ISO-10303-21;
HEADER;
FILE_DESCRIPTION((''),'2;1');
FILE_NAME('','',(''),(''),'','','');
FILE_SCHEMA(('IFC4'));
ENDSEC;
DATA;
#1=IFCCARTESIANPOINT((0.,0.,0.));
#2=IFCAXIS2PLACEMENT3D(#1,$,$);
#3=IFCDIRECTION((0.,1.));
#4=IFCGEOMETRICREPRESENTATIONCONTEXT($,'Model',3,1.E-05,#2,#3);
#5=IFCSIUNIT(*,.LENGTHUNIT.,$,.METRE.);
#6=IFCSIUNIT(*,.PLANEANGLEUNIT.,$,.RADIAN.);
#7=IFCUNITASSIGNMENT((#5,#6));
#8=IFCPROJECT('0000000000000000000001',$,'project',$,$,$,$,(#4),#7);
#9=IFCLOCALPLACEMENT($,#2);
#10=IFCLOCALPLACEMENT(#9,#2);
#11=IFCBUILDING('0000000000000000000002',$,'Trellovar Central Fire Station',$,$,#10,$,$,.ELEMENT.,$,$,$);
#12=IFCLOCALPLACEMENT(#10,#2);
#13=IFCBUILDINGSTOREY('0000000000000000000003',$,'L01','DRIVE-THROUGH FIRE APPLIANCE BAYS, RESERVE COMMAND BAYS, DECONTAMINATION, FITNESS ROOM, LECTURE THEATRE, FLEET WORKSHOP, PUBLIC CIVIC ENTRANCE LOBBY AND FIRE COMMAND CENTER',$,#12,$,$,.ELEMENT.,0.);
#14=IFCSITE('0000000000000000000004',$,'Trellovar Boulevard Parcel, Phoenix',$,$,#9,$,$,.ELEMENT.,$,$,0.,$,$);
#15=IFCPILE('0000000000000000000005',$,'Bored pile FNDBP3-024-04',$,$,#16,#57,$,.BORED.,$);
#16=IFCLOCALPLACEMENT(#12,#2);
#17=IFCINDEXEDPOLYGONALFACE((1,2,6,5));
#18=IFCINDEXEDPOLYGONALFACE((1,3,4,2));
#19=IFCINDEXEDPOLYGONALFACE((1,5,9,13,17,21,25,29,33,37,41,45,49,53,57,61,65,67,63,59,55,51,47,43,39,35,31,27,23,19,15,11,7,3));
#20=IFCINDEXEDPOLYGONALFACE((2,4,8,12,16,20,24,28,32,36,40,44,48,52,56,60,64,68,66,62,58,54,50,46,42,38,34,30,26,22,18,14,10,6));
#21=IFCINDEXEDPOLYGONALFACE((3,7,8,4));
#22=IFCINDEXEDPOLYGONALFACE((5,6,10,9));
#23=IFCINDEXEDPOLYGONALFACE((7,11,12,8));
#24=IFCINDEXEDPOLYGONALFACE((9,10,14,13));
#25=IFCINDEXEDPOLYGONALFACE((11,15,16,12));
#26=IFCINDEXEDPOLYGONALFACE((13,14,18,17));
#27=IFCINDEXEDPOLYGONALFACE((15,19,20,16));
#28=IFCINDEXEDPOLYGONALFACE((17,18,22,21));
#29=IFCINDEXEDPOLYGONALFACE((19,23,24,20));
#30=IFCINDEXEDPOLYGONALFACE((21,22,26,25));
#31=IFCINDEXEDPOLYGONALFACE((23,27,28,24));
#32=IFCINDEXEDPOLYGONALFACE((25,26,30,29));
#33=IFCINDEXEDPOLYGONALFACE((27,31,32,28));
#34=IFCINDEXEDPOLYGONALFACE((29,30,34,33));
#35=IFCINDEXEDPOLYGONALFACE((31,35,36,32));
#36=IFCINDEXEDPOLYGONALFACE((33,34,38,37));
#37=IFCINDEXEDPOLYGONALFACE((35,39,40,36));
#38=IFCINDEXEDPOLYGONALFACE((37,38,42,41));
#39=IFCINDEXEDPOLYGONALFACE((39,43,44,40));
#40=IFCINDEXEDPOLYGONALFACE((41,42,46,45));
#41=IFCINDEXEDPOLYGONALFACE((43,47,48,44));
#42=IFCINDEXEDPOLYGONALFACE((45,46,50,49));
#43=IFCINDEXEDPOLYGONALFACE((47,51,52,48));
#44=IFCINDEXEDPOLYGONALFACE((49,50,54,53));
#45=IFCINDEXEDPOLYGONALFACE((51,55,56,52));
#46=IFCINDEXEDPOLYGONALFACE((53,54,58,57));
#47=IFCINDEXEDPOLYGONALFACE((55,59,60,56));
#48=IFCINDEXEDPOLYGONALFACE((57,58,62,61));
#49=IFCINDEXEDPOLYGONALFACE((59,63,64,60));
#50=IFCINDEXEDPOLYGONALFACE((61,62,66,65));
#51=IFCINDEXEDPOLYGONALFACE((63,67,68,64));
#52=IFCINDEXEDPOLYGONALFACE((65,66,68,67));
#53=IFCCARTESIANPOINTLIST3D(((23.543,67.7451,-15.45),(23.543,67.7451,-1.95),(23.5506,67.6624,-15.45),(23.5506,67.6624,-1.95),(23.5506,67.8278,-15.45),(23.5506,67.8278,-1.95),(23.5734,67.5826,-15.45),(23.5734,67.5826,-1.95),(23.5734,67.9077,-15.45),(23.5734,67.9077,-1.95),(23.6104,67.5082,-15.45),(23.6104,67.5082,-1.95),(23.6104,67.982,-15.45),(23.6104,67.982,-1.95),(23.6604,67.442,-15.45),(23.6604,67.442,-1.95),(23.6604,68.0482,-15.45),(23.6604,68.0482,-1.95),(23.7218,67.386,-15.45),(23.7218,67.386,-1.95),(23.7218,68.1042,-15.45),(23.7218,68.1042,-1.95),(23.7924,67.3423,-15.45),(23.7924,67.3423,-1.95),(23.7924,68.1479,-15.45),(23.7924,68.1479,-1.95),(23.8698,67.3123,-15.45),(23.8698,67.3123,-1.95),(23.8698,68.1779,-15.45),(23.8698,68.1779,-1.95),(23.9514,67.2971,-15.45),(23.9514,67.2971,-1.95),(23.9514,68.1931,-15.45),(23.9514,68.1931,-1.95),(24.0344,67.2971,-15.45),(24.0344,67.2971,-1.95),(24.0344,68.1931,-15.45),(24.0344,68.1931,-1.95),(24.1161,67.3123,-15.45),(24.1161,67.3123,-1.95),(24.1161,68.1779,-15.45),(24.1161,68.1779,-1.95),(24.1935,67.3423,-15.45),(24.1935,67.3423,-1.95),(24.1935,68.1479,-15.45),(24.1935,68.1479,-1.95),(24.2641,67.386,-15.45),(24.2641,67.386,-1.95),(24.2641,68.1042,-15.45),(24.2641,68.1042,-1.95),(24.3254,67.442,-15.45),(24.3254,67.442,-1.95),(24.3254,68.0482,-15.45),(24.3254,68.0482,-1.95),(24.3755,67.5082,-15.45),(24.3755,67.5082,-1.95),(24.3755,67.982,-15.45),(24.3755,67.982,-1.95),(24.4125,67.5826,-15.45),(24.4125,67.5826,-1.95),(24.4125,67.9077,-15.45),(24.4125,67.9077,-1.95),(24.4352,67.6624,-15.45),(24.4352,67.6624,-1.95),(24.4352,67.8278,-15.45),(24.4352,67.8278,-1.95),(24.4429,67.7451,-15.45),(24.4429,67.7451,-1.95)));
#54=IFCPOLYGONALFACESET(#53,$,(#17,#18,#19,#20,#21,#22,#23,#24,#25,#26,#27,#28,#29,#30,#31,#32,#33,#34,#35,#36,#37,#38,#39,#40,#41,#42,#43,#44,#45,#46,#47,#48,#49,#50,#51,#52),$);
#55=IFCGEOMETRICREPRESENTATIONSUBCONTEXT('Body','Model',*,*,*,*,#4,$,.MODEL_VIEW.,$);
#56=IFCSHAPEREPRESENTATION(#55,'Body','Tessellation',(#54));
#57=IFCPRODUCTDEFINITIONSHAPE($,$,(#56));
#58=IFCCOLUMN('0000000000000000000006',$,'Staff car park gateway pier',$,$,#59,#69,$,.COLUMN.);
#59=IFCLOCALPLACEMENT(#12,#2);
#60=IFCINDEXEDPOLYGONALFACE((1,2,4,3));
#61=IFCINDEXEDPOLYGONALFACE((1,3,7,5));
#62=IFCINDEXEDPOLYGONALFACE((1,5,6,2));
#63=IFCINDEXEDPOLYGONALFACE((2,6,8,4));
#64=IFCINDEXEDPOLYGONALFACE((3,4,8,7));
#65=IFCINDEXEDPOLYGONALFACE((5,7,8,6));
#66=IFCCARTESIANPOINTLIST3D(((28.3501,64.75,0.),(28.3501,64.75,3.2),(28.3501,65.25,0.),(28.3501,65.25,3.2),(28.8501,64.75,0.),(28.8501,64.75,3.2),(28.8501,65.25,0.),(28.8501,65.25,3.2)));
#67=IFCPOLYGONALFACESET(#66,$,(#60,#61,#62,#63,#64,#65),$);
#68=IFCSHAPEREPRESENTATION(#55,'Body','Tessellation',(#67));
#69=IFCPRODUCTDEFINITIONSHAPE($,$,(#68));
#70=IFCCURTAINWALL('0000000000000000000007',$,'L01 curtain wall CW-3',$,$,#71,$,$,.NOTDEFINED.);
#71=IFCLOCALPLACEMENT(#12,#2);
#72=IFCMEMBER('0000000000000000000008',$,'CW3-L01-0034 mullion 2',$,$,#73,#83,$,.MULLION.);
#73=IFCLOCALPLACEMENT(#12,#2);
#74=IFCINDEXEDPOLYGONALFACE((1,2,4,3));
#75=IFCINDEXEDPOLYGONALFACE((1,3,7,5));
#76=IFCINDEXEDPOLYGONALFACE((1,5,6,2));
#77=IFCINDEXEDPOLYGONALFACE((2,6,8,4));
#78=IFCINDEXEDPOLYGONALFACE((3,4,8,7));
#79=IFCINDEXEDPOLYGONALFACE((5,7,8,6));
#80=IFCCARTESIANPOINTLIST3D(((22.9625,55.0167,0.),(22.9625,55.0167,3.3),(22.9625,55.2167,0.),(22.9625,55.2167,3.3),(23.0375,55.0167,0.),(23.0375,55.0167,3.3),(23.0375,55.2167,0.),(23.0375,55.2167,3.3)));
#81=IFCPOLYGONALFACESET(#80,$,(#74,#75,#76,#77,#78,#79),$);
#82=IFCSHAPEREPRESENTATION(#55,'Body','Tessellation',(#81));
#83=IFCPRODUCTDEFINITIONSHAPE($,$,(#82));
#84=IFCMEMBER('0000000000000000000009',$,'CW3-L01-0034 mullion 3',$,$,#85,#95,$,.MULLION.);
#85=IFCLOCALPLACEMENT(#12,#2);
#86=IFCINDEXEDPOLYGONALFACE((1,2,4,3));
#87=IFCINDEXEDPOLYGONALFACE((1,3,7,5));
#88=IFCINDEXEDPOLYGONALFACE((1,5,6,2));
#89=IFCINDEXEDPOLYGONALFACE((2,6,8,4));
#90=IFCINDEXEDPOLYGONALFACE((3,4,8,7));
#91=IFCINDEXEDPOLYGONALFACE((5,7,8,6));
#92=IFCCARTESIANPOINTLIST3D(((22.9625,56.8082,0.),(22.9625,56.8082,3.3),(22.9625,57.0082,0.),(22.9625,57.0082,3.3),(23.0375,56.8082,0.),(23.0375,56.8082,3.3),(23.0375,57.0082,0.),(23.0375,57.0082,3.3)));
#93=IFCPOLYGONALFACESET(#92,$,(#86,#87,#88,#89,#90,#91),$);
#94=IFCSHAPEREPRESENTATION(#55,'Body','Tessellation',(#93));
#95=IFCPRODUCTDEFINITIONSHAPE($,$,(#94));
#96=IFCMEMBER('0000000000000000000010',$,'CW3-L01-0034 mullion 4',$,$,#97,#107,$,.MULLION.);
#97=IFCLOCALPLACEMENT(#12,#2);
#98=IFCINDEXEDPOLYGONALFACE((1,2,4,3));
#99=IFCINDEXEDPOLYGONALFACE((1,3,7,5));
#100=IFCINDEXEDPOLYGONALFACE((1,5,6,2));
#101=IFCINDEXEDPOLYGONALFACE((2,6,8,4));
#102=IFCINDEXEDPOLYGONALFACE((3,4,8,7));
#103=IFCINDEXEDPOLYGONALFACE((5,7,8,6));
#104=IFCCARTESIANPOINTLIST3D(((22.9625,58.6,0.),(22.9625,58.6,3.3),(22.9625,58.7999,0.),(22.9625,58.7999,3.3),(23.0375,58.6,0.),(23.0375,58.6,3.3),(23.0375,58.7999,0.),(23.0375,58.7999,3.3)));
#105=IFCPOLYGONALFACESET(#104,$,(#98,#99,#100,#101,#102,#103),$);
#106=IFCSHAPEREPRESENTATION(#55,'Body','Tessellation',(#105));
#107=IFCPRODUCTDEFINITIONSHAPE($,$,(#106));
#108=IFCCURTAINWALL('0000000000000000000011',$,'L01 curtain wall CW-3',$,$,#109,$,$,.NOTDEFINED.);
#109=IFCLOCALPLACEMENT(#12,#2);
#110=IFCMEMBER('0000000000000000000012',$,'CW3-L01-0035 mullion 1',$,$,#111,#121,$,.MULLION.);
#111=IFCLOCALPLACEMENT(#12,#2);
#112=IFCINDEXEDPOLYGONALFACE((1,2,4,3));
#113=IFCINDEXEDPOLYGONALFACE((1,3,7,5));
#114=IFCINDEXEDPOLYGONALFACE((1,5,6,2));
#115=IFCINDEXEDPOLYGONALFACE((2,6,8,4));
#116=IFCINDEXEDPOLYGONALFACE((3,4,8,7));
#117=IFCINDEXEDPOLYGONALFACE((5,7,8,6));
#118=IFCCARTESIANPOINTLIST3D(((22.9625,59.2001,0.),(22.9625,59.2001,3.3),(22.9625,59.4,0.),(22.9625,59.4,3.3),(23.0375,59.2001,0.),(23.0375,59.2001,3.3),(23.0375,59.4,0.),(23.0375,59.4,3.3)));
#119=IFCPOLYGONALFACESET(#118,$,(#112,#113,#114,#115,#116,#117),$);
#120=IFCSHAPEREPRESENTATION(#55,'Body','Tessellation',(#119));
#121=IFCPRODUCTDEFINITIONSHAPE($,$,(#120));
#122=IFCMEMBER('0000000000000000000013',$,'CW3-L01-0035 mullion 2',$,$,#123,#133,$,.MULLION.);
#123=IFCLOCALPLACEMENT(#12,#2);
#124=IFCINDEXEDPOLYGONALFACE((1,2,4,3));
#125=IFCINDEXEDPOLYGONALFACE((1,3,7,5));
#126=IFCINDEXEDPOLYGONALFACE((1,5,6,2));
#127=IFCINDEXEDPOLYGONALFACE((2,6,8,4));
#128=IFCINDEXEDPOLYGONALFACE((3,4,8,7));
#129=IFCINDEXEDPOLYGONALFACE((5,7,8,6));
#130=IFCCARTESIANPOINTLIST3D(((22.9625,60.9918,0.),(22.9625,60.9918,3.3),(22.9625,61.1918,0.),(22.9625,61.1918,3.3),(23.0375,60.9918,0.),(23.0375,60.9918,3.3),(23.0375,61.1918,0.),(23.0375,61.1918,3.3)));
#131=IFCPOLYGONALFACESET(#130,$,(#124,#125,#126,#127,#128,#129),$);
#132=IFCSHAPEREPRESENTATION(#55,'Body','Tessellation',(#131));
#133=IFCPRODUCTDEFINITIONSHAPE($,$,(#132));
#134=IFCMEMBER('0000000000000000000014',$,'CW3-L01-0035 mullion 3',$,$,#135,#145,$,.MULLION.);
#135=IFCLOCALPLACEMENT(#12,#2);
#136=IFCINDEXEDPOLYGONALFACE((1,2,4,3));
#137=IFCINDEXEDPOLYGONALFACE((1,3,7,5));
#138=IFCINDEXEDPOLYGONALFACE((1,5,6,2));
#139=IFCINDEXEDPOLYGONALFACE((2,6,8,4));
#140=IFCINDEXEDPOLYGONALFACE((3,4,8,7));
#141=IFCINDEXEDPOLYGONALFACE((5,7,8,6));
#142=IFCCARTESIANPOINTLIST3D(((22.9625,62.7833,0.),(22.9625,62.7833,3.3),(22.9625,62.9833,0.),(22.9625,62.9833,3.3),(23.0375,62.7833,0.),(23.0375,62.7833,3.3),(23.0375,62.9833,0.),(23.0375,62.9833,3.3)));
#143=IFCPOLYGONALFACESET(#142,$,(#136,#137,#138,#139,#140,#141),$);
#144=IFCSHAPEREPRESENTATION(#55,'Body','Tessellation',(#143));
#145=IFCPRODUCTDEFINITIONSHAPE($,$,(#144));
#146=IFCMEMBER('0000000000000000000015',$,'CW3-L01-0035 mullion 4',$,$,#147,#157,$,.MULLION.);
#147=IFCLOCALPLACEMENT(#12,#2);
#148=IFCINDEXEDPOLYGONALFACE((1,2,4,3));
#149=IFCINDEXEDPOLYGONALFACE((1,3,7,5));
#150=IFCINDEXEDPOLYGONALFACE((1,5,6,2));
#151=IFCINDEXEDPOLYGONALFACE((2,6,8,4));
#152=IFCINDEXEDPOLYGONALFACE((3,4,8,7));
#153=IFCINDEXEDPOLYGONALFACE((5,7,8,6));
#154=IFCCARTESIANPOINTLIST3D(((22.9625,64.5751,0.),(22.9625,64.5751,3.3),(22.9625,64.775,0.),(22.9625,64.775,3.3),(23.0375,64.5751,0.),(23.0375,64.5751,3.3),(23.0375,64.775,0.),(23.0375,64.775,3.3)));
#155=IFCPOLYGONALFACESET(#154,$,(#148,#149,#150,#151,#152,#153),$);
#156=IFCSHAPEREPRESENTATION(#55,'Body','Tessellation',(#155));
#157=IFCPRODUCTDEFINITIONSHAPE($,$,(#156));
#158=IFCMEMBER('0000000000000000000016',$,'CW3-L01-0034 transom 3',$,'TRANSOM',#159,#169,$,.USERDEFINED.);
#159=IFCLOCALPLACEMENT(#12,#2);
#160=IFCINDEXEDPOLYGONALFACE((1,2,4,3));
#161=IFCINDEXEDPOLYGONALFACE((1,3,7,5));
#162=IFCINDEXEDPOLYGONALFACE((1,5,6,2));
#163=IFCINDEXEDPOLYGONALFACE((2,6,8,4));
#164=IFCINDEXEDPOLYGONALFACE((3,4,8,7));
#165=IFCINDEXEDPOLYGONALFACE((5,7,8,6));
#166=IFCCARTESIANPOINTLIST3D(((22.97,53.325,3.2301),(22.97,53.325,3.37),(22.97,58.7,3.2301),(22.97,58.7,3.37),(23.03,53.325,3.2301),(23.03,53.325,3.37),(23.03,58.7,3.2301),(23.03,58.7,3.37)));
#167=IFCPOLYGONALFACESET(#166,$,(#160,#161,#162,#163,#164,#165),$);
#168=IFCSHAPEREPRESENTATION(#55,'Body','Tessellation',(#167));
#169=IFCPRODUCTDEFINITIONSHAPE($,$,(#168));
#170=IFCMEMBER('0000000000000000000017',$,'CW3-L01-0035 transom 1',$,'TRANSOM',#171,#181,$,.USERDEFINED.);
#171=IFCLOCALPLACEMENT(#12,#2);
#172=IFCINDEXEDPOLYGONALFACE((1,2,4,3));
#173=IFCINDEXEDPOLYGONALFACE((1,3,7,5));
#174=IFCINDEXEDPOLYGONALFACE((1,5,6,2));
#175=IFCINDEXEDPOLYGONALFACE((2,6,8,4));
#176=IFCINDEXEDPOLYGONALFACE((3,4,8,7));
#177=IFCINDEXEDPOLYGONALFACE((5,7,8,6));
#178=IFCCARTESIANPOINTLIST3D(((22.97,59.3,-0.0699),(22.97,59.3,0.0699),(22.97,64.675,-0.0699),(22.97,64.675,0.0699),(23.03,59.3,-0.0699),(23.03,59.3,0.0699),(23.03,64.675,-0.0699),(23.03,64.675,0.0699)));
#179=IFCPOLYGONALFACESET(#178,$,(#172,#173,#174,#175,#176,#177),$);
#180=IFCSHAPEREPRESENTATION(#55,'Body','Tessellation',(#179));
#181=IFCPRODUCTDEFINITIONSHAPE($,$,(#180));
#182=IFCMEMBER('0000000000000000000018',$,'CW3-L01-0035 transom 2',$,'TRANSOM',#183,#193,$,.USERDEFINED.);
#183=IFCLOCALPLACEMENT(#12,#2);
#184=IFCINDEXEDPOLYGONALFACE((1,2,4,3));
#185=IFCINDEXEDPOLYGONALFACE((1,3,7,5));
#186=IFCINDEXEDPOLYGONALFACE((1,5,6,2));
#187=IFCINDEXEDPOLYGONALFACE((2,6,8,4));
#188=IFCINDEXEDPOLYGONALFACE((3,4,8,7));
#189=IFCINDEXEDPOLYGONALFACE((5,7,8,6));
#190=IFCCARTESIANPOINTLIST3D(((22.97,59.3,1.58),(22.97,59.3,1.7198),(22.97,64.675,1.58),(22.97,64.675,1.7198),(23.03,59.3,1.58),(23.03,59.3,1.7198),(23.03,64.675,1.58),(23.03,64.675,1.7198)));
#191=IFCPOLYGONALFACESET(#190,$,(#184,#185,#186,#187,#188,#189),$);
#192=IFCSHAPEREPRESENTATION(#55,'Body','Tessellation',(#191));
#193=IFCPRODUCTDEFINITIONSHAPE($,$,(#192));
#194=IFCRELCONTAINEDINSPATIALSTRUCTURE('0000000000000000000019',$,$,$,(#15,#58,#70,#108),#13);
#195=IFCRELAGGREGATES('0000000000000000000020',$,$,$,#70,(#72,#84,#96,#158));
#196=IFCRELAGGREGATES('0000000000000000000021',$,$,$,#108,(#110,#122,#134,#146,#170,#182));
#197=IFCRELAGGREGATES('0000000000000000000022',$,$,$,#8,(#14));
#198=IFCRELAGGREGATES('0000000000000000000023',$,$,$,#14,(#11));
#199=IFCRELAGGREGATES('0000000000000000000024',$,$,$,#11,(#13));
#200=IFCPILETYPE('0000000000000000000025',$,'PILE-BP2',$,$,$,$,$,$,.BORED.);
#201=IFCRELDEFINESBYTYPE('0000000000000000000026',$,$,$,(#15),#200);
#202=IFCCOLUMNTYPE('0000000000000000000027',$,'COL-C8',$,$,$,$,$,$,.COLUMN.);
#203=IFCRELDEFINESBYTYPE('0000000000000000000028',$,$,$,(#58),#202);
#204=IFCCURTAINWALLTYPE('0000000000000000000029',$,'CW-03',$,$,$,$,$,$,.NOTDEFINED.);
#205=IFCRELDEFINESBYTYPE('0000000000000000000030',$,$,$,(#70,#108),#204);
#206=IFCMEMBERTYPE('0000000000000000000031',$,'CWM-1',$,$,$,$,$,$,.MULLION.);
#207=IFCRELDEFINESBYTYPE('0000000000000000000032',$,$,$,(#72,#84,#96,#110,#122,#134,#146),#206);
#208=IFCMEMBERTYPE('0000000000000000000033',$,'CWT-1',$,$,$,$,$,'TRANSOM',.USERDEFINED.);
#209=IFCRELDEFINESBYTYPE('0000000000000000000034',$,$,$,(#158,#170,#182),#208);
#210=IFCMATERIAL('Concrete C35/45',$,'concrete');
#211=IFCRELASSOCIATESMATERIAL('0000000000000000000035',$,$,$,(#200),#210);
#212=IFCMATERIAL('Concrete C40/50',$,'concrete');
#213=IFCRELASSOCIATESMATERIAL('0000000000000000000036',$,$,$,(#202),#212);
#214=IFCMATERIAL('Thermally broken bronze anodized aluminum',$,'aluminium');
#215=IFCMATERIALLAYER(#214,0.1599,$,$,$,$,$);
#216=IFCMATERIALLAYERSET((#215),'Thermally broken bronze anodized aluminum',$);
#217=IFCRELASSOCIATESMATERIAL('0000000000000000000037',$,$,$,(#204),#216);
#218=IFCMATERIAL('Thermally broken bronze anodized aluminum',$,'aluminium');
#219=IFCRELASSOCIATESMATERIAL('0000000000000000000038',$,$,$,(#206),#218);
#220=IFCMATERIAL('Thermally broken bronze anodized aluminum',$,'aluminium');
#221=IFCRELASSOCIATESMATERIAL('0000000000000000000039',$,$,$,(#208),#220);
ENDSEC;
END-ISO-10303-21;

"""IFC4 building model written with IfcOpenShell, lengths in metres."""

from ifc_helpers import new_model, si_unit, direction, frame, origin, origin_2d, place, context, subcontext, project, spatial, rectangle, circle, extrude, material, layer, layer_set, material_profile, profile_set, type_object, element, aggregate, save


model = new_model("IFC4")

# Units and contexts
model_context = context("Model", 3, precision=1e-05, world=origin(), true_north=direction((0.0, 1.0)))
body_context = subcontext(model_context, "Body", "Model", "MODEL_VIEW")
ifc_project = project(units=[si_unit("LENGTHUNIT", "METRE"), si_unit("PLANEANGLEUNIT", "RADIAN")], contexts=[model_context])

# Site, building, storey
site_placement = place(None, origin())
site = spatial("IfcSite", under=ifc_project, at=site_placement, Name="Trellovar Boulevard Parcel, Phoenix", CompositionType="ELEMENT", RefElevation=0.0)
building_placement = place(site_placement, origin())
building = spatial("IfcBuilding", under=site, at=building_placement, Name="Trellovar Central Fire Station", CompositionType="ELEMENT")
storey_placement = place(building_placement, origin())
storey = spatial("IfcBuildingStorey", under=building, at=storey_placement, Name="L01", Description="DRIVE-THROUGH FIRE APPLIANCE BAYS, RESERVE COMMAND BAYS, DECONTAMINATION, FITNESS ROOM, LECTURE THEATRE, FLEET WORKSHOP, PUBLIC CIVIC ENTRANCE LOBBY AND FIRE COMMAND CENTER", CompositionType="ELEMENT", Elevation=0.0)

# Pile
ifc_material_1 = material(Name="Concrete C35/45", Category="concrete")
ifc_material_profile_1 = material_profile(ifc_material_1, circle(Radius=0.45, at=origin_2d()), Name="PILE900")
ifc_profile_set_1 = profile_set([ifc_material_profile_1], Name="Concrete C35/45")
pile_type_1 = type_object("IfcPileType", Name="PILE-BP2", PredefinedType="BORED", material=ifc_profile_set_1)
for number, where, z_axis, x_axis, name in (
    (1, (23.9929, 67.7451, -1.95), (0.0, 0.0, -1.0), (1.0, 0.0, 0.0), "Bored pile FNDBP3-024-04"),
):
    element("IfcPile", number, at=place(storey_placement, frame(where, z_axis=z_axis, x_axis=x_axis)), inside=storey, type_object=pile_type_1, Name=name, PredefinedType="BORED", context=body_context, shape_type="SweptSolid", body=[
        extrude(circle(Radius=0.45, at=origin_2d()), origin(), (0.0, 0.0, 1.0), 13.5),
    ])

# Column
ifc_material_2 = material(Name="Concrete C40/50", Category="concrete")
ifc_material_profile_2 = material_profile(ifc_material_2, rectangle(XDim=0.5, YDim=0.5, at=origin_2d()), Name="RC500X500")
ifc_profile_set_2 = profile_set([ifc_material_profile_2], Name="Concrete C40/50")
column_type = type_object("IfcColumnType", Name="COL-C8", PredefinedType="COLUMN", material=ifc_profile_set_2)
column_placement = place(storey_placement, frame((28.6001, 65.0, 0.0), z_axis=(0.0, 0.0, 1.0), x_axis=(1.0, 0.0, 0.0)))
element("IfcColumn", 2, at=column_placement, inside=storey, type_object=column_type, Name="Staff car park gateway pier", PredefinedType="COLUMN", context=body_context, shape_type="SweptSolid", body=[
    extrude(rectangle(XDim=0.5, YDim=0.5, at=origin_2d()), origin(), (0.0, 0.0, 1.0), 3.2),
])

# Curtain walls, members
ifc_material_3 = material(Name="Thermally broken bronze anodized aluminum", Category="aluminium")
ifc_layer_1 = layer(ifc_material_3, 0.1599)
ifc_layer_set_1 = layer_set([ifc_layer_1], Name="Thermally broken bronze anodized aluminum")
curtain_wall_type = type_object("IfcCurtainWallType", Name="CW-03", PredefinedType="NOTDEFINED", material=ifc_layer_set_1)
curtain_wall_1_placement = place(storey_placement, origin())
curtain_wall_1 = element("IfcCurtainWall", 3, at=curtain_wall_1_placement, inside=storey, type_object=curtain_wall_type, Name="L01 curtain wall CW-3", PredefinedType="NOTDEFINED")
ifc_material_4 = material(Name="Thermally broken bronze anodized aluminum", Category="aluminium")
ifc_material_profile_3 = material_profile(ifc_material_4, rectangle(XDim=0.075, YDim=0.2, at=origin_2d()), Name="ALU75X200")
ifc_profile_set_3 = profile_set([ifc_material_profile_3], Name="Thermally broken bronze anodized aluminum")
member_type_1 = type_object("IfcMemberType", Name="CWM-1", PredefinedType="MULLION", material=ifc_profile_set_3)
member_1_placement = place(storey_placement, frame((23.0, 55.1167, 0.0), z_axis=(0.0, 0.0, 1.0), x_axis=(1.0, 0.0, 0.0)))
member_1 = element("IfcMember", 4, at=member_1_placement, type_object=member_type_1, Name="CW3-L01-0034 mullion 2", PredefinedType="MULLION", context=body_context, shape_type="SweptSolid", body=[
    extrude(rectangle(XDim=0.075, YDim=0.2, at=origin_2d()), origin(), (0.0, 0.0, 1.0), 3.3),
])
member_2_placement = place(storey_placement, frame((23.0, 56.9082, 0.0), z_axis=(0.0, 0.0, 1.0), x_axis=(1.0, 0.0, 0.0)))
member_2 = element("IfcMember", 5, at=member_2_placement, type_object=member_type_1, Name="CW3-L01-0034 mullion 3", PredefinedType="MULLION", context=body_context, shape_type="SweptSolid", body=[
    extrude(rectangle(XDim=0.075, YDim=0.2, at=origin_2d()), origin(), (0.0, 0.0, 1.0), 3.3),
])
member_3_placement = place(storey_placement, frame((23.0, 58.7, 0.0), z_axis=(0.0, 0.0, 1.0), x_axis=(1.0, 0.0, 0.0)))
member_3 = element("IfcMember", 6, at=member_3_placement, type_object=member_type_1, Name="CW3-L01-0034 mullion 4", PredefinedType="MULLION", context=body_context, shape_type="SweptSolid", body=[
    extrude(rectangle(XDim=0.075, YDim=0.2, at=origin_2d()), origin(), (0.0, 0.0, 1.0), 3.3),
])
curtain_wall_2_placement = place(storey_placement, origin())
curtain_wall_2 = element("IfcCurtainWall", 7, at=curtain_wall_2_placement, inside=storey, type_object=curtain_wall_type, Name="L01 curtain wall CW-3", PredefinedType="NOTDEFINED")
member_4_placement = place(storey_placement, frame((23.0, 59.3, 0.0), z_axis=(0.0, 0.0, 1.0), x_axis=(1.0, 0.0, 0.0)))
member_4 = element("IfcMember", 8, at=member_4_placement, type_object=member_type_1, Name="CW3-L01-0035 mullion 1", PredefinedType="MULLION", context=body_context, shape_type="SweptSolid", body=[
    extrude(rectangle(XDim=0.075, YDim=0.2, at=origin_2d()), origin(), (0.0, 0.0, 1.0), 3.3),
])
member_5_placement = place(storey_placement, frame((23.0, 61.0918, 0.0), z_axis=(0.0, 0.0, 1.0), x_axis=(1.0, 0.0, 0.0)))
member_5 = element("IfcMember", 9, at=member_5_placement, type_object=member_type_1, Name="CW3-L01-0035 mullion 2", PredefinedType="MULLION", context=body_context, shape_type="SweptSolid", body=[
    extrude(rectangle(XDim=0.075, YDim=0.2, at=origin_2d()), origin(), (0.0, 0.0, 1.0), 3.3),
])
member_6_placement = place(storey_placement, frame((23.0, 62.8833, 0.0), z_axis=(0.0, 0.0, 1.0), x_axis=(1.0, 0.0, 0.0)))
member_6 = element("IfcMember", 10, at=member_6_placement, type_object=member_type_1, Name="CW3-L01-0035 mullion 3", PredefinedType="MULLION", context=body_context, shape_type="SweptSolid", body=[
    extrude(rectangle(XDim=0.075, YDim=0.2, at=origin_2d()), origin(), (0.0, 0.0, 1.0), 3.3),
])
member_7_placement = place(storey_placement, frame((23.0, 64.675, 0.0), z_axis=(0.0, 0.0, 1.0), x_axis=(1.0, 0.0, 0.0)))
member_7 = element("IfcMember", 11, at=member_7_placement, type_object=member_type_1, Name="CW3-L01-0035 mullion 4", PredefinedType="MULLION", context=body_context, shape_type="SweptSolid", body=[
    extrude(rectangle(XDim=0.075, YDim=0.2, at=origin_2d()), origin(), (0.0, 0.0, 1.0), 3.3),
])

# Members
ifc_material_5 = material(Name="Thermally broken bronze anodized aluminum", Category="aluminium")
ifc_material_profile_4 = material_profile(ifc_material_5, rectangle(XDim=0.0601, YDim=0.1399, at=origin_2d()), Name="ALU60X140")
ifc_profile_set_4 = profile_set([ifc_material_profile_4], Name="Thermally broken bronze anodized aluminum")
member_type_2 = type_object("IfcMemberType", Name="CWT-1", ElementType="TRANSOM", PredefinedType="USERDEFINED", material=ifc_profile_set_4)
member_8_placement = place(storey_placement, frame((23.0, 53.325, 3.3), z_axis=(0.0, 1.0, 0.0), x_axis=(-1.0, 0.0, 0.0)))
member_8 = element("IfcMember", 12, at=member_8_placement, type_object=member_type_2, Name="CW3-L01-0034 transom 3", ObjectType="TRANSOM", PredefinedType="USERDEFINED", context=body_context, shape_type="SweptSolid", body=[
    extrude(rectangle(XDim=0.0601, YDim=0.1399, at=origin_2d()), origin(), (0.0, 0.0, 1.0), 5.375),
])
member_9_placement = place(storey_placement, frame((23.0, 59.3, 0.0), z_axis=(0.0, 1.0, 0.0), x_axis=(-1.0, 0.0, 0.0)))
member_9 = element("IfcMember", 13, at=member_9_placement, type_object=member_type_2, Name="CW3-L01-0035 transom 1", ObjectType="TRANSOM", PredefinedType="USERDEFINED", context=body_context, shape_type="SweptSolid", body=[
    extrude(rectangle(XDim=0.0601, YDim=0.1399, at=origin_2d()), origin(), (0.0, 0.0, 1.0), 5.375),
])
member_10_placement = place(storey_placement, frame((23.0, 59.3, 1.6499), z_axis=(0.0, 1.0, 0.0), x_axis=(-1.0, 0.0, 0.0)))
member_10 = element("IfcMember", 14, at=member_10_placement, type_object=member_type_2, Name="CW3-L01-0035 transom 2", ObjectType="TRANSOM", PredefinedType="USERDEFINED", context=body_context, shape_type="SweptSolid", body=[
    extrude(rectangle(XDim=0.0601, YDim=0.1399, at=origin_2d()), origin(), (0.0, 0.0, 1.0), 5.375),
])

aggregate(curtain_wall_1, [member_1, member_2, member_3, member_8])
aggregate(curtain_wall_2, [member_4, member_5, member_6, member_7, member_9, member_10])

save(model, "model.ifc")
